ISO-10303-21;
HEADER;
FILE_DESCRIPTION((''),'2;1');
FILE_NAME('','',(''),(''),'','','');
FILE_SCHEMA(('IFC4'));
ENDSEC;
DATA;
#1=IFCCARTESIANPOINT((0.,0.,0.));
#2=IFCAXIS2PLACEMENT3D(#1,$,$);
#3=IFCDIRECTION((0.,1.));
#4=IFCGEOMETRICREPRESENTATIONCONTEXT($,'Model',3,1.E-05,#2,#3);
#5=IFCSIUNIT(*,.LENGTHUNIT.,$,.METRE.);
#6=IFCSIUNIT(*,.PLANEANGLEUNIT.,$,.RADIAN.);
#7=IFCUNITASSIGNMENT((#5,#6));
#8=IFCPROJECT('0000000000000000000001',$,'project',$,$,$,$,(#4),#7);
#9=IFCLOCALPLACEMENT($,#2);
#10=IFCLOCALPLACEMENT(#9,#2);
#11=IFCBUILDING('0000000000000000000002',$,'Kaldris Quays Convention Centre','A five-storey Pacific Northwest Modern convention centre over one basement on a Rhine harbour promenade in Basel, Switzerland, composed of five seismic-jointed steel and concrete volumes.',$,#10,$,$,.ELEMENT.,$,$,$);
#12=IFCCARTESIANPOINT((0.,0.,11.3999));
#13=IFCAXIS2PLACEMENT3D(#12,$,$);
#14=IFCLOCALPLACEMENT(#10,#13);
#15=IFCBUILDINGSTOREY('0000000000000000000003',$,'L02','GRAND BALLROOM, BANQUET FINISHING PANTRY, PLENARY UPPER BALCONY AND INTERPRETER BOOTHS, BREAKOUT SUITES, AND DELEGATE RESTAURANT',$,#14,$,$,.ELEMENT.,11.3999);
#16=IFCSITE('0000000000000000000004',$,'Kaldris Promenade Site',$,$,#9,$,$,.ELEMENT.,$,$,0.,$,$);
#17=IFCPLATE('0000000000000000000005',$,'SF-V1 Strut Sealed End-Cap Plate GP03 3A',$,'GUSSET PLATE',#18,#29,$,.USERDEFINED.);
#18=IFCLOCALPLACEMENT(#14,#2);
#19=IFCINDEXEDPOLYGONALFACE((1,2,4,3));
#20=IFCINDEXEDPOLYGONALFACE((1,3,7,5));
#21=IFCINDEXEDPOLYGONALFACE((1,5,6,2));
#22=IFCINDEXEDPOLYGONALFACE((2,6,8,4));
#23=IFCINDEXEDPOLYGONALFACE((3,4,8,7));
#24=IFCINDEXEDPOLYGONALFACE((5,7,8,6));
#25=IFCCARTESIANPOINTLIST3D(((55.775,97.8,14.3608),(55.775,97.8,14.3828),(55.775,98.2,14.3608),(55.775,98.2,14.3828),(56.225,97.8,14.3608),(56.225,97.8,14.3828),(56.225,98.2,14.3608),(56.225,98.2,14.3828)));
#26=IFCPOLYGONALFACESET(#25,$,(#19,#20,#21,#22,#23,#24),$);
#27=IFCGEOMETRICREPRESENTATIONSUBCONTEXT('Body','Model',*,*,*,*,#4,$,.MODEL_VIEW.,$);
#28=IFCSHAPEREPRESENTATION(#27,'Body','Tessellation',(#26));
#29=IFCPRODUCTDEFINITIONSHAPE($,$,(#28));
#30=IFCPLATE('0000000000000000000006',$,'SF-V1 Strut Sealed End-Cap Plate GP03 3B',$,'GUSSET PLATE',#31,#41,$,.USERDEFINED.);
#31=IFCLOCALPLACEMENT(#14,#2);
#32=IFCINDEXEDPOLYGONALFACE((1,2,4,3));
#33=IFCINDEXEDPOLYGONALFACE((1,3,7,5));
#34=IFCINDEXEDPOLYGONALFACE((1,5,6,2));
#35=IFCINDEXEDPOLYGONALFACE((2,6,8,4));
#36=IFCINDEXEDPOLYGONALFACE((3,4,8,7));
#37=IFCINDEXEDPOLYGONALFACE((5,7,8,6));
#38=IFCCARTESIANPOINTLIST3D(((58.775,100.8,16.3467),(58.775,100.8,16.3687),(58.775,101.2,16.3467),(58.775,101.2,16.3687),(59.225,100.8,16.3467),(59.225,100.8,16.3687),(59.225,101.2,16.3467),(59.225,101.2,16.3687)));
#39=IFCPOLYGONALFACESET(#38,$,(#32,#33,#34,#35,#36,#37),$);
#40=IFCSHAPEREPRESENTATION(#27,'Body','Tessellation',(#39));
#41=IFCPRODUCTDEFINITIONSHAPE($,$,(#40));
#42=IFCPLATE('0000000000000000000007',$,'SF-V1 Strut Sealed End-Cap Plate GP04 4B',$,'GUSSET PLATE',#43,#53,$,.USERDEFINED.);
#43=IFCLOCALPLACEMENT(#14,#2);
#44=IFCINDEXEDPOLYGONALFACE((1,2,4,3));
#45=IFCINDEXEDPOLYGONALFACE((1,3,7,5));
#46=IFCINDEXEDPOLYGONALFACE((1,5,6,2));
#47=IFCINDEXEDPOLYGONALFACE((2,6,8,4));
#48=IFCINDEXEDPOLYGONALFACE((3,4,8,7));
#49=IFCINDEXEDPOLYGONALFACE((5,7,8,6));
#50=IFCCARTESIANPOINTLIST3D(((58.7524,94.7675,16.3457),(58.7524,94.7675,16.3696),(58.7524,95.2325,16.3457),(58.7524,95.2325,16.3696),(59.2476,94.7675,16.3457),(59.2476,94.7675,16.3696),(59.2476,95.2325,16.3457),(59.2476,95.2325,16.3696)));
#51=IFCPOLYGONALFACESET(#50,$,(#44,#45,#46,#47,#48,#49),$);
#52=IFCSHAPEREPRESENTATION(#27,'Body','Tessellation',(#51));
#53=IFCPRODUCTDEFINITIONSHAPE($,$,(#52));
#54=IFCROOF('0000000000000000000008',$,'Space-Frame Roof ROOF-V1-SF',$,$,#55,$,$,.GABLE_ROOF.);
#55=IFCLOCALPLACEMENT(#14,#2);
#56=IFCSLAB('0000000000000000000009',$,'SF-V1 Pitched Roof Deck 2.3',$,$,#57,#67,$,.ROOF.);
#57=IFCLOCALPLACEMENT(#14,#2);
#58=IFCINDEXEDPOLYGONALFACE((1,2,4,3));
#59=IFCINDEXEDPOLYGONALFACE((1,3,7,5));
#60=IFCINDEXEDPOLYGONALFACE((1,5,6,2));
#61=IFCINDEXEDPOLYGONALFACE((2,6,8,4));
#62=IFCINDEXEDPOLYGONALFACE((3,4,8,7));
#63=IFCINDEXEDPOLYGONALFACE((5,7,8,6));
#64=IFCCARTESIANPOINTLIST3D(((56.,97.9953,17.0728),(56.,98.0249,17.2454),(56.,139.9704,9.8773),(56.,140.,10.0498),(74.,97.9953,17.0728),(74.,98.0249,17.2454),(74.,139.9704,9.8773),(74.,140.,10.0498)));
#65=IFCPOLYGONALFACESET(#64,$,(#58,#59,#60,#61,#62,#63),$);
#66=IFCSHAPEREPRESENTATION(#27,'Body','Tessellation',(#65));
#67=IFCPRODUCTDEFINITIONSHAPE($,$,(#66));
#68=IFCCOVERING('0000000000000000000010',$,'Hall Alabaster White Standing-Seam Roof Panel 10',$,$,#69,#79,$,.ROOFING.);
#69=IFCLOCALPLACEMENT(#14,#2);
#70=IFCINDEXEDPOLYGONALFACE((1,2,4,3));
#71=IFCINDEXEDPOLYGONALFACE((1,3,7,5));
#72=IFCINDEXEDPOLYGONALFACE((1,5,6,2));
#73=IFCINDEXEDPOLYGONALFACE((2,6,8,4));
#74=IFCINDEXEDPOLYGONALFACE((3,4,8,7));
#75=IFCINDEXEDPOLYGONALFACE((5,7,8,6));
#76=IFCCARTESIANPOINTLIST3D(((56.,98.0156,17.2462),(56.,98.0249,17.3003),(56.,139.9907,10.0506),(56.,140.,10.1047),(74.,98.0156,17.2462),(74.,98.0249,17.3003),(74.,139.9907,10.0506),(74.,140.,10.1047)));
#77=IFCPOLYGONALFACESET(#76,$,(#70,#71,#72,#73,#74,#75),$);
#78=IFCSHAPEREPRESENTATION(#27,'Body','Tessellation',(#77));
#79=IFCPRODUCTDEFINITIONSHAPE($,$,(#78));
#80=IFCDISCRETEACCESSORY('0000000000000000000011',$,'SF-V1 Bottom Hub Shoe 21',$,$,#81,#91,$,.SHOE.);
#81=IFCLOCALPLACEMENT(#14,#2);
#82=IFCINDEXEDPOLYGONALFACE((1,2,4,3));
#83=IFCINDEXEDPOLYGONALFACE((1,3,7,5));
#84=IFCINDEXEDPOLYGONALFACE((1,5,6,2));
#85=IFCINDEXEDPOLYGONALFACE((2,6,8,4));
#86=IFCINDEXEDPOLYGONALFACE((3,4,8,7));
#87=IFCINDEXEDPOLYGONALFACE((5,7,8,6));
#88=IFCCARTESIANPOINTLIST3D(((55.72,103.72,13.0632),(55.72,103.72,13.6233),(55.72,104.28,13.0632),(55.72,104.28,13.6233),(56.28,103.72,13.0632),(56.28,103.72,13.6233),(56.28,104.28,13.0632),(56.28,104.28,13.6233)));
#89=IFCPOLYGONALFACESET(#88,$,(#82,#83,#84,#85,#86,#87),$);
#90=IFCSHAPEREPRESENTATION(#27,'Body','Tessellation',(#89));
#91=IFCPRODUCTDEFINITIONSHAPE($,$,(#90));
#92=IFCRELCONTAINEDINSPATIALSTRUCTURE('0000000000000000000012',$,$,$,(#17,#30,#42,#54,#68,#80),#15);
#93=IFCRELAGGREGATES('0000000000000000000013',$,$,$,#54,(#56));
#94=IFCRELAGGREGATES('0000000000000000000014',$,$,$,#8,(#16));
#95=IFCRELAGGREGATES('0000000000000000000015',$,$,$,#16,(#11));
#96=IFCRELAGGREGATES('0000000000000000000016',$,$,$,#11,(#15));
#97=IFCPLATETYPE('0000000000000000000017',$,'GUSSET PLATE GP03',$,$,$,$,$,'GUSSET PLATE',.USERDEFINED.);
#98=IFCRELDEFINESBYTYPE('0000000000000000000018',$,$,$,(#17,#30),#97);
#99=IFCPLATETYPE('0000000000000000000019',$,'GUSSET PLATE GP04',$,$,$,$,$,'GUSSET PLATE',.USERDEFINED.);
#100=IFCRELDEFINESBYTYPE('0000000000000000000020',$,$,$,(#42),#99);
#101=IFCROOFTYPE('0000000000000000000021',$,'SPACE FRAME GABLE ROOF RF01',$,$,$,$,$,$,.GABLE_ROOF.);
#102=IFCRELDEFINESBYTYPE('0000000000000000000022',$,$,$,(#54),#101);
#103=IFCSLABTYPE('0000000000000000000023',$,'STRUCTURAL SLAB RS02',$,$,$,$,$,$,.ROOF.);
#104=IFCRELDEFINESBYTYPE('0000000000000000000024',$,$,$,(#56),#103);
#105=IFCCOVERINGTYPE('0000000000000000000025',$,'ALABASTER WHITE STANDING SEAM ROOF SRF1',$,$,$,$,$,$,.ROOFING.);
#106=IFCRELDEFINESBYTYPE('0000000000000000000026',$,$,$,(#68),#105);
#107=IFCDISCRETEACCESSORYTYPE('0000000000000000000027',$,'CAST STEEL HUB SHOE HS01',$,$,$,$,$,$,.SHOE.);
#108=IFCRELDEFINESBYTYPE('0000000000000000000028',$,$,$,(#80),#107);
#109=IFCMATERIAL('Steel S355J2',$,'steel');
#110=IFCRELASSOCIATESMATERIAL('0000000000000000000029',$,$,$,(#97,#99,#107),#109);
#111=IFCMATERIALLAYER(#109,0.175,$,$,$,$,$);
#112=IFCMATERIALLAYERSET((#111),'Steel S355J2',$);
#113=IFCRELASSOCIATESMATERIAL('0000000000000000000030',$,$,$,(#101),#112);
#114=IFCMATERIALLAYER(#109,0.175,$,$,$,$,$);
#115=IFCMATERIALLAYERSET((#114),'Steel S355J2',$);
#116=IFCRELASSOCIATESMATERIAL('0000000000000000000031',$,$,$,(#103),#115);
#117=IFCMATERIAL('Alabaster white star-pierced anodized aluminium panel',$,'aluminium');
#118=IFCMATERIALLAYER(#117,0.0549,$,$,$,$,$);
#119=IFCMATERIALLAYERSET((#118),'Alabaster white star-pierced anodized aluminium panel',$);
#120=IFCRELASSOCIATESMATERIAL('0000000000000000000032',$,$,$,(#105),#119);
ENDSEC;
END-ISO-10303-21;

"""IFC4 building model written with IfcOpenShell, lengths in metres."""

from ifc_helpers import new_model, si_unit, direction, frame, origin, origin_2d, place, context, subcontext, project, spatial, polyline, rectangle, outline, extrude, material, layer, layer_set, type_object, element, aggregate, save


model = new_model("IFC4")

# Units and contexts
model_context = context("Model", 3, precision=1e-05, world=origin(), true_north=direction((0.0, 1.0)))
body_context = subcontext(model_context, "Body", "Model", "MODEL_VIEW")
ifc_project = project(units=[si_unit("LENGTHUNIT", "METRE"), si_unit("PLANEANGLEUNIT", "RADIAN")], contexts=[model_context])

# Site, building, storey
site_placement = place(None, origin())
site = spatial("IfcSite", under=ifc_project, at=site_placement, Name="Kaldris Promenade Site", CompositionType="ELEMENT", RefElevation=0.0)
building_placement = place(site_placement, origin())
building = spatial("IfcBuilding", under=site, at=building_placement, Name="Kaldris Quays Convention Centre", Description="A five-storey Pacific Northwest Modern convention centre over one basement on a Rhine harbour promenade in Basel, Switzerland, composed of five seismic-jointed steel and concrete volumes.", CompositionType="ELEMENT")
storey_placement = place(building_placement, frame((0.0, 0.0, 11.3999)))
storey = spatial("IfcBuildingStorey", under=building, at=storey_placement, Name="L02", Description="GRAND BALLROOM, BANQUET FINISHING PANTRY, PLENARY UPPER BALCONY AND INTERPRETER BOOTHS, BREAKOUT SUITES, AND DELEGATE RESTAURANT", CompositionType="ELEMENT", Elevation=11.3999)

# Plates
ifc_material_1 = material(Name="Steel S355J2", Category="steel")
plate_type_1 = type_object("IfcPlateType", Name="GUSSET PLATE GP03", ElementType="GUSSET PLATE", PredefinedType="USERDEFINED", material=ifc_material_1)
for number, where, z_axis, x_axis, name in (
    (1, (56.0, 98.0, 14.3608), (0.0, 0.0, 1.0), (1.0, 0.0, 0.0), "SF-V1 Strut Sealed End-Cap Plate GP03 3A"),
    (2, (59.0, 101.0, 16.3467), (0.0, 0.0, 1.0), (1.0, 0.0, 0.0), "SF-V1 Strut Sealed End-Cap Plate GP03 3B"),
):
    element("IfcPlate", number, at=place(storey_placement, frame(where, z_axis=z_axis, x_axis=x_axis)), inside=storey, type_object=plate_type_1, Name=name, ObjectType="GUSSET PLATE", PredefinedType="USERDEFINED", context=body_context, shape_type="SweptSolid", body=[
        extrude(rectangle(XDim=0.45, YDim=0.3999, at=origin_2d()), origin(), (0.0, 0.0, 1.0), 0.022),
    ])
plate_type_2 = type_object("IfcPlateType", Name="GUSSET PLATE GP04", ElementType="GUSSET PLATE", PredefinedType="USERDEFINED", material=ifc_material_1)
plate_placement = place(storey_placement, frame((59.0, 95.0, 16.3457), z_axis=(0.0, 0.0, 1.0), x_axis=(1.0, 0.0, 0.0)))
element("IfcPlate", 3, at=plate_placement, inside=storey, type_object=plate_type_2, Name="SF-V1 Strut Sealed End-Cap Plate GP04 4B", ObjectType="GUSSET PLATE", PredefinedType="USERDEFINED", context=body_context, shape_type="SweptSolid", body=[
    extrude(rectangle(XDim=0.4951, YDim=0.4651, at=origin_2d()), origin(), (0.0, 0.0, 1.0), 0.0239),
])

# Roof, slab
ifc_layer_1 = layer(ifc_material_1, 0.175)
ifc_layer_set_1 = layer_set([ifc_layer_1], Name="Steel S355J2")
roof_type = type_object("IfcRoofType", Name="SPACE FRAME GABLE ROOF RF01", PredefinedType="GABLE_ROOF", material=ifc_layer_set_1)
roof_placement = place(storey_placement, origin())
roof = element("IfcRoof", 4, at=roof_placement, inside=storey, type_object=roof_type, Name="Space-Frame Roof ROOF-V1-SF", PredefinedType="GABLE_ROOF")
ifc_layer_2 = layer(ifc_material_1, 0.175)
ifc_layer_set_2 = layer_set([ifc_layer_2], Name="Steel S355J2")
slab_type = type_object("IfcSlabType", Name="STRUCTURAL SLAB RS02", PredefinedType="ROOF", material=ifc_layer_set_2)
slab_placement = place(storey_placement, frame((56.0, 98.0249, 17.2454), z_axis=(0.0, 0.16896, 0.985623), x_axis=(1.0, 0.0, 0.0)))
slab = element("IfcSlab", 5, at=slab_placement, type_object=slab_type, Name="SF-V1 Pitched Roof Deck 2.3", PredefinedType="ROOF", context=body_context, shape_type="SweptSolid", body=[
    extrude(outline(polyline([(0.0, 0.0), (18.0, 0.0), (18.0, 42.5874), (0.0, 42.5874), (0.0, 0.0)])), origin(), (0.0, 0.0, -1.0), 0.175),
])
aggregate(roof, [slab])

# Covering
ifc_material_2 = material(Name="Alabaster white star-pierced anodized aluminium panel", Category="aluminium")
ifc_layer_3 = layer(ifc_material_2, 0.0549)
ifc_layer_set_3 = layer_set([ifc_layer_3], Name="Alabaster white star-pierced anodized aluminium panel")
covering_type = type_object("IfcCoveringType", Name="ALABASTER WHITE STANDING SEAM ROOF SRF1", PredefinedType="ROOFING", material=ifc_layer_set_3)
covering_placement = place(storey_placement, frame((56.0, 98.0249, 17.3003), z_axis=(0.0, 0.16896, 0.985623), x_axis=(1.0, 0.0, 0.0)))
element("IfcCovering", 6, at=covering_placement, inside=storey, type_object=covering_type, Name="Hall Alabaster White Standing-Seam Roof Panel 10", PredefinedType="ROOFING", context=body_context, shape_type="SweptSolid", body=[
    extrude(outline(polyline([(0.0, 0.0), (18.0, 0.0), (18.0, 42.5874), (0.0, 42.5874), (0.0, 0.0)])), origin(), (0.0, 0.0, -1.0), 0.0549),
])

# Discrete accessory
discrete_accessory_type = type_object("IfcDiscreteAccessoryType", Name="CAST STEEL HUB SHOE HS01", PredefinedType="SHOE", material=ifc_material_1)
discrete_accessory_placement = place(storey_placement, frame((56.0, 104.0, 13.0632), z_axis=(0.0, 0.0, 1.0), x_axis=(1.0, 0.0, 0.0)))
element("IfcDiscreteAccessory", 7, at=discrete_accessory_placement, inside=storey, type_object=discrete_accessory_type, Name="SF-V1 Bottom Hub Shoe 21", PredefinedType="SHOE", context=body_context, shape_type="SweptSolid", body=[
    extrude(rectangle(XDim=0.5601, YDim=0.5601, at=origin_2d()), origin(), (0.0, 0.0, 1.0), 0.5601),
])

save(model, "model.ifc")
